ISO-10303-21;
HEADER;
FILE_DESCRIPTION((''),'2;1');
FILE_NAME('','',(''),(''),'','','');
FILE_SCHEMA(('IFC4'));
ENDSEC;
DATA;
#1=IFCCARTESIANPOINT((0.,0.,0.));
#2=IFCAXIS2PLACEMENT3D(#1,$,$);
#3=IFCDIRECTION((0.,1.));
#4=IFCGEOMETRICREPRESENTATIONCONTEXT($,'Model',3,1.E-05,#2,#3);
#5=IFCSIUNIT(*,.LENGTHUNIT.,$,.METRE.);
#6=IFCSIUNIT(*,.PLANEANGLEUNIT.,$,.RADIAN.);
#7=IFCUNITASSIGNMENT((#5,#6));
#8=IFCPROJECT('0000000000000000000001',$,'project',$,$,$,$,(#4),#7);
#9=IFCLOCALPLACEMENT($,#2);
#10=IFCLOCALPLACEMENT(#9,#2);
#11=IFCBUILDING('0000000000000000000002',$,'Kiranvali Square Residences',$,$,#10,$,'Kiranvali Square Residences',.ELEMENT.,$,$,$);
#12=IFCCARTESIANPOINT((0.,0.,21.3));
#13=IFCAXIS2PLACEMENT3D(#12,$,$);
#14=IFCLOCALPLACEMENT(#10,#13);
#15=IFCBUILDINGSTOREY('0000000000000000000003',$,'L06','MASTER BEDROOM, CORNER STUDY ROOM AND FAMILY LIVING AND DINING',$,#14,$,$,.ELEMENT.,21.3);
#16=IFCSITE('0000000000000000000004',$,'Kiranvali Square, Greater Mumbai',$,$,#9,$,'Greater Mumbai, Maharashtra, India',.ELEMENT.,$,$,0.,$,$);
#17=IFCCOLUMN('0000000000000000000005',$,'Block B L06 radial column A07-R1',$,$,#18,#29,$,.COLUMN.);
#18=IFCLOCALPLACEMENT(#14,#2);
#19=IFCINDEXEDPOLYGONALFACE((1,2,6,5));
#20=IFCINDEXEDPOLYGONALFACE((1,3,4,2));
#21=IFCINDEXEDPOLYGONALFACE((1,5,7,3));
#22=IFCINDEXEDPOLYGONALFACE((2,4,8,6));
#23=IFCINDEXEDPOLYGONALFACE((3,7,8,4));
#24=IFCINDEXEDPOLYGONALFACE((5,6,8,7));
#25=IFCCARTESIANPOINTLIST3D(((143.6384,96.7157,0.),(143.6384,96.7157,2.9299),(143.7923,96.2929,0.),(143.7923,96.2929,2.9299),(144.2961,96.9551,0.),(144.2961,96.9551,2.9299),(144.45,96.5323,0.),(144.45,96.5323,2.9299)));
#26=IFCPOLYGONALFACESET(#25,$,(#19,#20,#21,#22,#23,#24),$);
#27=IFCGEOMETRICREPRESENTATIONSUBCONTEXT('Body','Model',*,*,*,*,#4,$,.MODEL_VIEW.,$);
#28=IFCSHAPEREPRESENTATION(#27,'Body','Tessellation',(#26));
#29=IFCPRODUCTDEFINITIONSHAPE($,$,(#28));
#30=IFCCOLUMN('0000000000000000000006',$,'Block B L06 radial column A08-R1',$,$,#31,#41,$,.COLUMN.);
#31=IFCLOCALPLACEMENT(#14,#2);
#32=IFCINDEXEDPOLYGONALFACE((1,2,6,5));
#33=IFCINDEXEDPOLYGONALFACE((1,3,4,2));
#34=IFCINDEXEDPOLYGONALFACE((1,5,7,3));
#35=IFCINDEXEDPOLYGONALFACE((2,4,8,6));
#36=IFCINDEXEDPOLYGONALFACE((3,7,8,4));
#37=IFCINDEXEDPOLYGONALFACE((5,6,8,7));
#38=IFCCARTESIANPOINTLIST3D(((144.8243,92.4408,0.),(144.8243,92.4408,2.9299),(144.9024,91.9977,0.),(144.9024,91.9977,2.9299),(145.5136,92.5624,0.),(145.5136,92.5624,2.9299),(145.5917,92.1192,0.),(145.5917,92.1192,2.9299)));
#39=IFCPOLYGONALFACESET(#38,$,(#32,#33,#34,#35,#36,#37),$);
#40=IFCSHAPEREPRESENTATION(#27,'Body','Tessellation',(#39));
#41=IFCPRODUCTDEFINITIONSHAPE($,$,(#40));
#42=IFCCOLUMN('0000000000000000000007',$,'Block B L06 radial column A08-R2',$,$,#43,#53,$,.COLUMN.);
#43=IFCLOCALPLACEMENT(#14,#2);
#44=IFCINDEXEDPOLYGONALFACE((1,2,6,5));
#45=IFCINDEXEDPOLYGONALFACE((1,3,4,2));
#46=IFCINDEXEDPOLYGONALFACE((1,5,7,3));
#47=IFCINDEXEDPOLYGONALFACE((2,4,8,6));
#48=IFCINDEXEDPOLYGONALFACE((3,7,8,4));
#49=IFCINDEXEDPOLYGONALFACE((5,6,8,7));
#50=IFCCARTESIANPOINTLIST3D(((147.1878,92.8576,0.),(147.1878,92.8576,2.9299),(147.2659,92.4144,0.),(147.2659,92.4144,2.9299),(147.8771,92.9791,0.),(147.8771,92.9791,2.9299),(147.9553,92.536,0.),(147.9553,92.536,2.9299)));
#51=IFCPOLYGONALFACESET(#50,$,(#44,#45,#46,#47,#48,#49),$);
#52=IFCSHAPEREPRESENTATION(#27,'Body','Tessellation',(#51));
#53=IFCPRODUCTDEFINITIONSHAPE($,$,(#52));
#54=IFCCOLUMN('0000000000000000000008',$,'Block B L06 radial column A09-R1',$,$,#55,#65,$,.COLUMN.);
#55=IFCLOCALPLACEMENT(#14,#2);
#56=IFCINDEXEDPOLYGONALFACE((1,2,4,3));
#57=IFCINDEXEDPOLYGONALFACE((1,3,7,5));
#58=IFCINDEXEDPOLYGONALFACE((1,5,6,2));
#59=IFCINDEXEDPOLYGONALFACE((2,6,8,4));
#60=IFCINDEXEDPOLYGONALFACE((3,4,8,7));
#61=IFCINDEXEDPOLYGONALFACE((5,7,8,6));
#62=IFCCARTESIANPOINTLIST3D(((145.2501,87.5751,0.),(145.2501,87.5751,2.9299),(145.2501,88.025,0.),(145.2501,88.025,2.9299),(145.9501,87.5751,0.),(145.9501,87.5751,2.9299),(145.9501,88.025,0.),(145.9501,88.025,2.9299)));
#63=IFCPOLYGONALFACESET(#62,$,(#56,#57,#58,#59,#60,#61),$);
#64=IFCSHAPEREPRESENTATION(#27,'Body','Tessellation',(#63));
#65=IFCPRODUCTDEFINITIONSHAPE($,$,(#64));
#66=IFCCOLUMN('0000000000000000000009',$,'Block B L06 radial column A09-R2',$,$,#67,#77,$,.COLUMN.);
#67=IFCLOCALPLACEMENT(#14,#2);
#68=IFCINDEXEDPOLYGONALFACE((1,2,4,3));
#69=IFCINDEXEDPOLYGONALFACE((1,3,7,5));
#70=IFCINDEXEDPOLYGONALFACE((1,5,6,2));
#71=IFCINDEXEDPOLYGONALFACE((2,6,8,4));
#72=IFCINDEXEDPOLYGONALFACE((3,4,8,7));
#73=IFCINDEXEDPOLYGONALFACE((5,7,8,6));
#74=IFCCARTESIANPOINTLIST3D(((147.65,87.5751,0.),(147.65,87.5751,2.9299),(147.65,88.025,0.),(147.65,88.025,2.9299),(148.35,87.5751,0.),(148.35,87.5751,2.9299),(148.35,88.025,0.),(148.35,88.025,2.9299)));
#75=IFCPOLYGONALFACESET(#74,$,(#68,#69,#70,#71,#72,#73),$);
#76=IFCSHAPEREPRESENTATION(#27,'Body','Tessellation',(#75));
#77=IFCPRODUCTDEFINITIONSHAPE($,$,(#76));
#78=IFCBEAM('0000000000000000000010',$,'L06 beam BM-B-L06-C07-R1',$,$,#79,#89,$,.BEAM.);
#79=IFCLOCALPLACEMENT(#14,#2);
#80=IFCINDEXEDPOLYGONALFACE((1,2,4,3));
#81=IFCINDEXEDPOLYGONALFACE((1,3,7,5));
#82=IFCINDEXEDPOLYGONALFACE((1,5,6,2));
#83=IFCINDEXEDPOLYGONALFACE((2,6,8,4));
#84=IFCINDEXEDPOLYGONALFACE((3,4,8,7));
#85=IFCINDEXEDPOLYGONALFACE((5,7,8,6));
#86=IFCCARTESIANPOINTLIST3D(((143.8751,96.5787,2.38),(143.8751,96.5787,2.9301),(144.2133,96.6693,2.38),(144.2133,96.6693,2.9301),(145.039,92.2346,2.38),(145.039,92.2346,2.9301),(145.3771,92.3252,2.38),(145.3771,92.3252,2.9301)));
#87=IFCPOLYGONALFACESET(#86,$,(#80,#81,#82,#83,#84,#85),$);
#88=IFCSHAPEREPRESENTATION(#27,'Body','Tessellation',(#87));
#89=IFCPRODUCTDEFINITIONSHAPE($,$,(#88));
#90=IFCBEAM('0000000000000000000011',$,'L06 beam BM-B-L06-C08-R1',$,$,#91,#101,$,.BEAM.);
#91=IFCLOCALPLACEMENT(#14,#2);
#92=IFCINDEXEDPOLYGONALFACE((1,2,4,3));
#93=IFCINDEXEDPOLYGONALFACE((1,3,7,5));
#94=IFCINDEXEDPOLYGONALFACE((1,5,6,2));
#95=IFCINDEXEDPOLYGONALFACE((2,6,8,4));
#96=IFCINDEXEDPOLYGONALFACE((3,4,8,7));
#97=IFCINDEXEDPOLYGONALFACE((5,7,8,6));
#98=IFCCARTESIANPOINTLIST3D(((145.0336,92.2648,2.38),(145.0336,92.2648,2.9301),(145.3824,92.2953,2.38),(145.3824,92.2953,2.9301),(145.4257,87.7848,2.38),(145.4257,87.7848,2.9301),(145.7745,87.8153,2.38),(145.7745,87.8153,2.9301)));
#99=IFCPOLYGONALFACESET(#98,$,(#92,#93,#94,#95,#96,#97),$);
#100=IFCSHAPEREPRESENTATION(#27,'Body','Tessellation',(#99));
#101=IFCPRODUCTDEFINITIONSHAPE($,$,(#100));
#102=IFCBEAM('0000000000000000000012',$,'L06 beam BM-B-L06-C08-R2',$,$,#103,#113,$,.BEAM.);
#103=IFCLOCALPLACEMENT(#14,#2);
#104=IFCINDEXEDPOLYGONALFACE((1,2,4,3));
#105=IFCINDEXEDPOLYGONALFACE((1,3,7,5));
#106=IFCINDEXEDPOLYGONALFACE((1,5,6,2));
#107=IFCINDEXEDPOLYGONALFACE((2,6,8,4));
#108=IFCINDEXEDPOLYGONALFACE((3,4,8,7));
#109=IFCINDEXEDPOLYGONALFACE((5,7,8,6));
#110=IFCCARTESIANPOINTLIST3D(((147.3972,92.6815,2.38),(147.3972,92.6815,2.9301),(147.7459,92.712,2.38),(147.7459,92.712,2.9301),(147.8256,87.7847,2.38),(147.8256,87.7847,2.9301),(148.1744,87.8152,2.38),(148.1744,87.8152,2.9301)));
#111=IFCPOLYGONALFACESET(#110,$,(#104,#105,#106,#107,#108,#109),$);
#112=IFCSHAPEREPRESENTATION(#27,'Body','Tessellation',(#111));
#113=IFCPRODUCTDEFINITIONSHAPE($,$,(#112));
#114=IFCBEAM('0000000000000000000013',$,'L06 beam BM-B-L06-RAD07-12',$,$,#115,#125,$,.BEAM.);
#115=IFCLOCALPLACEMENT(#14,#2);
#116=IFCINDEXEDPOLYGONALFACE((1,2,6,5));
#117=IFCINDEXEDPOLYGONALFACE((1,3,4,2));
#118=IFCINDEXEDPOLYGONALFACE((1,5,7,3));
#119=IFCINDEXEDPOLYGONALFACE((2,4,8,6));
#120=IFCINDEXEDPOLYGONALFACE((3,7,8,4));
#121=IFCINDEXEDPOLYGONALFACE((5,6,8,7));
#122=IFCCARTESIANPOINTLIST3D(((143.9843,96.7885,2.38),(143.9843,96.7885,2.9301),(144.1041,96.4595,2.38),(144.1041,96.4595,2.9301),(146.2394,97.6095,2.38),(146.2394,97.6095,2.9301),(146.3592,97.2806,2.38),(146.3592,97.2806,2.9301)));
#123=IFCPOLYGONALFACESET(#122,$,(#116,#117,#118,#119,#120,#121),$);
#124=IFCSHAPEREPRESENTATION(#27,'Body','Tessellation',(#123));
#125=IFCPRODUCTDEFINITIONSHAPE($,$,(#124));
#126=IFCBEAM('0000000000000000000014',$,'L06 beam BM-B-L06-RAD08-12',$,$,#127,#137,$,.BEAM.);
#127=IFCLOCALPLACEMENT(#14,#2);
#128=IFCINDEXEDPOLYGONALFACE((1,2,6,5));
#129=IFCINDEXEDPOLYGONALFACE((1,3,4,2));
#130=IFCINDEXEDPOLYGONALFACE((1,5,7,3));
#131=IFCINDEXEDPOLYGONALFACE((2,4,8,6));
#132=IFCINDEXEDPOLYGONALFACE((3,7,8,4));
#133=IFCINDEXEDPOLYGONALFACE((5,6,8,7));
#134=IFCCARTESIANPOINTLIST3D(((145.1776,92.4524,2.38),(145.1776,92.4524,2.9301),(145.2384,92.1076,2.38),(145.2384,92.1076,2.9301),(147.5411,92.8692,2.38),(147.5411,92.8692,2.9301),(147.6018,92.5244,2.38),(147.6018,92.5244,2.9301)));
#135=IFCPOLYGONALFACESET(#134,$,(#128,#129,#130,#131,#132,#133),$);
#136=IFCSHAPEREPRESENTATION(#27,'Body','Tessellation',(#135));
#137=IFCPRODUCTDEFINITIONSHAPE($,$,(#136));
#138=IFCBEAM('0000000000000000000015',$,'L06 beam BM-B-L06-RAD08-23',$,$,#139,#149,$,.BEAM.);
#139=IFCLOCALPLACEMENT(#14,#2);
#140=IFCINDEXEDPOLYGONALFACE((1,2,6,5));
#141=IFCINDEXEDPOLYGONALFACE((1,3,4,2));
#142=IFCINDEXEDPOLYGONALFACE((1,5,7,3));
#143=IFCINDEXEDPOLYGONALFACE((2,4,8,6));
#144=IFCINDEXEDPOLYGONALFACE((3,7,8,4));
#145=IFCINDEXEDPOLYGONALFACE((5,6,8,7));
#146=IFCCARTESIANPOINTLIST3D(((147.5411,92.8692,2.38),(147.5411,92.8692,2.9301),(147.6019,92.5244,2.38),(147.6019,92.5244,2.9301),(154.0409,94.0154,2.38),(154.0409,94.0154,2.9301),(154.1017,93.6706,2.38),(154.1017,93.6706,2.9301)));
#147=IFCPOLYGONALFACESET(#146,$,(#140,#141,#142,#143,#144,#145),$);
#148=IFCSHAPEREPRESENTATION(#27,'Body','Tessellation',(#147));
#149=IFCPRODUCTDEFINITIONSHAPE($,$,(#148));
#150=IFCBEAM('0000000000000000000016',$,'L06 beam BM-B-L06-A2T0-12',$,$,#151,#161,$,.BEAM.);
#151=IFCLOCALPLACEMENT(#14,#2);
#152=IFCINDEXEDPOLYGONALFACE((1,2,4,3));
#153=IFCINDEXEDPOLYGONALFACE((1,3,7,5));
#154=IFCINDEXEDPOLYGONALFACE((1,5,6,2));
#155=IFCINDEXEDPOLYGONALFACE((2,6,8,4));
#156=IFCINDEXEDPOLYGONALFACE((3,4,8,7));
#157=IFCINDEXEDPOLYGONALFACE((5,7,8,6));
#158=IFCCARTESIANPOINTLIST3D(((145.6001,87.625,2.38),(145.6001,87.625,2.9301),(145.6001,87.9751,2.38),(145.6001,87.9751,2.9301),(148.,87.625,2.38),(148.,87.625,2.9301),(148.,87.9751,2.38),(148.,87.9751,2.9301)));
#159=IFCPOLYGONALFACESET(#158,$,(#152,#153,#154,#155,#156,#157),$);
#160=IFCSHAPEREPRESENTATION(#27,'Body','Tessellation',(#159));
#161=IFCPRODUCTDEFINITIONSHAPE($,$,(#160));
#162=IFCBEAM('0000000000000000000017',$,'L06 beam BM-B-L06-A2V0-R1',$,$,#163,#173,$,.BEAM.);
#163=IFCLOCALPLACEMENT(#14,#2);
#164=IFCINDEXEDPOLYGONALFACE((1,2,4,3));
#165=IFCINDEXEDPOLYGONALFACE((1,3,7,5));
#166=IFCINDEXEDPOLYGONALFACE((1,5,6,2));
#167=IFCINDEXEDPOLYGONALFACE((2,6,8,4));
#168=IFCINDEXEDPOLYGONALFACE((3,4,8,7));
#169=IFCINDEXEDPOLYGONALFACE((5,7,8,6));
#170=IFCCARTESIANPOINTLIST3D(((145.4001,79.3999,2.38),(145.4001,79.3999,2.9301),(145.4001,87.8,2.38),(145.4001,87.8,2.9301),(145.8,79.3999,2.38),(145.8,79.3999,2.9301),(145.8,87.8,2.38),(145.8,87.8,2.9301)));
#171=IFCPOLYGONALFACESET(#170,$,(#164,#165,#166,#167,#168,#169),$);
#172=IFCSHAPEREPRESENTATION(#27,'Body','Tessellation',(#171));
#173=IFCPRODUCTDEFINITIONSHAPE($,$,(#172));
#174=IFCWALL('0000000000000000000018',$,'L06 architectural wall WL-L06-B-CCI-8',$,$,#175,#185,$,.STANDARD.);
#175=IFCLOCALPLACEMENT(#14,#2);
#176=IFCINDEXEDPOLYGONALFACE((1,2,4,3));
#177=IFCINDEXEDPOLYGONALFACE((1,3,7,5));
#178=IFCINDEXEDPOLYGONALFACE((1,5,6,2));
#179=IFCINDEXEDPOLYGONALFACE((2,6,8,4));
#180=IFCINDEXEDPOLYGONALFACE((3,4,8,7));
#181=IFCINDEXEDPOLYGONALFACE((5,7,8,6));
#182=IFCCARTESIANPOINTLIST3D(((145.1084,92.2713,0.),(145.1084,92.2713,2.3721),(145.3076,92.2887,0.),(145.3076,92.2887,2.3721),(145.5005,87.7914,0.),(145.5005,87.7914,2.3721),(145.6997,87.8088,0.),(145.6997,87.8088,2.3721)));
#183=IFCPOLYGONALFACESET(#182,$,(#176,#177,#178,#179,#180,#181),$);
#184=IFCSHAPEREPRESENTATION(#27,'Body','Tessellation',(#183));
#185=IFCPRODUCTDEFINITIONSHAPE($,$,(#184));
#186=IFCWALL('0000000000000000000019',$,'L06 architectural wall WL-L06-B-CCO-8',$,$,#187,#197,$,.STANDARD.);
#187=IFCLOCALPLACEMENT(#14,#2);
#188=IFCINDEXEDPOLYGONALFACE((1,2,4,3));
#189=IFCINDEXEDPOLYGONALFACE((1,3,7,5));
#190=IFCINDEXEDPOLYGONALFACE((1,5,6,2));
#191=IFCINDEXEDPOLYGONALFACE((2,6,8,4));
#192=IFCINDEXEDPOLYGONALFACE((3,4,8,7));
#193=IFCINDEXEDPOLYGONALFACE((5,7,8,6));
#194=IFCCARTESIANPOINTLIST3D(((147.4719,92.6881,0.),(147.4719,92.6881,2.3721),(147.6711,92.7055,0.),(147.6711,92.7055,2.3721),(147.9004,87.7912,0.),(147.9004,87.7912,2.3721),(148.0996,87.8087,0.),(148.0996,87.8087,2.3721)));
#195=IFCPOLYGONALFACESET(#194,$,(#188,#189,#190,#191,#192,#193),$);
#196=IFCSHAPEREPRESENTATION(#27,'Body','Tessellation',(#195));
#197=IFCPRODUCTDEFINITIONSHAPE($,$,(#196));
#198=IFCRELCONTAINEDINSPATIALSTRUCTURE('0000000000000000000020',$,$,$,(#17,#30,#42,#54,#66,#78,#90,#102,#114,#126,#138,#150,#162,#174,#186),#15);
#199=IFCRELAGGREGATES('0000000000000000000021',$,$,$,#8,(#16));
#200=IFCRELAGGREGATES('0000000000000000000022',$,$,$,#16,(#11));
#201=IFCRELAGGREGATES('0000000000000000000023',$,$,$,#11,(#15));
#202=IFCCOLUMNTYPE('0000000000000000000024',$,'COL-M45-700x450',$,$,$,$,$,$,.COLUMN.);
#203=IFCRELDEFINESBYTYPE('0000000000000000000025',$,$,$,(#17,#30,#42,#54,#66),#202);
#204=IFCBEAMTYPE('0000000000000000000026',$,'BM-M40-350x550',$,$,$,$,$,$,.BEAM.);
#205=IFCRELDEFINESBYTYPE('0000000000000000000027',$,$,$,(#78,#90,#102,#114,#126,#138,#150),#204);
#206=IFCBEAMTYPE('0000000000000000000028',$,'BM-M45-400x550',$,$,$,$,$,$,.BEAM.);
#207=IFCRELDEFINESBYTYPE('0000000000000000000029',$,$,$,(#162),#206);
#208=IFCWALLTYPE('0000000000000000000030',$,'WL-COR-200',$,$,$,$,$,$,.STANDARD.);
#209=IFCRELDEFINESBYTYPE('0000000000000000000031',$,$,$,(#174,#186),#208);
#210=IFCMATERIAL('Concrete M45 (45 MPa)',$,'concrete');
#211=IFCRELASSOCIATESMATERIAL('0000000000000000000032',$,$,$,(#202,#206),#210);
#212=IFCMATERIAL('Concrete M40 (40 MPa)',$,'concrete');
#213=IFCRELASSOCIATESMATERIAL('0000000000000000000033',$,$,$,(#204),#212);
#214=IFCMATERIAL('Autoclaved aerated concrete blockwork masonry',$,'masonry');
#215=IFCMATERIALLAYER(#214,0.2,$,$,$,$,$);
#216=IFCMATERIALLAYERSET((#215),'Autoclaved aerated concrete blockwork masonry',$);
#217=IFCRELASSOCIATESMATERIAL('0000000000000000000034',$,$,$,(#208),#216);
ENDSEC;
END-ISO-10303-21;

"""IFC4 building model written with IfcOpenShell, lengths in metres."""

from ifc_helpers import new_model, si_unit, direction, frame, frame_2d, origin, origin_2d, place, context, subcontext, project, spatial, rectangle, extrude, material, layer, layer_set, material_profile, profile_set, type_object, element, save


model = new_model("IFC4")

# Units and contexts
model_context = context("Model", 3, precision=1e-05, world=origin(), true_north=direction((0.0, 1.0)))
body_context = subcontext(model_context, "Body", "Model", "MODEL_VIEW")
ifc_project = project(units=[si_unit("LENGTHUNIT", "METRE"), si_unit("PLANEANGLEUNIT", "RADIAN")], contexts=[model_context])

# Site, building, storey
site_placement = place(None, origin())
site = spatial("IfcSite", under=ifc_project, at=site_placement, Name="Kiranvali Square, Greater Mumbai", LongName="Greater Mumbai, Maharashtra, India", CompositionType="ELEMENT", RefElevation=0.0)
building_placement = place(site_placement, origin())
building = spatial("IfcBuilding", under=site, at=building_placement, Name="Kiranvali Square Residences", LongName="Kiranvali Square Residences", CompositionType="ELEMENT")
storey_placement = place(building_placement, frame((0.0, 0.0, 21.3)))
storey = spatial("IfcBuildingStorey", under=building, at=storey_placement, Name="L06", Description="MASTER BEDROOM, CORNER STUDY ROOM AND FAMILY LIVING AND DINING", CompositionType="ELEMENT", Elevation=21.3)

# Columns
ifc_material_1 = material(Name="Concrete M45 (45 MPa)", Category="concrete")
ifc_material_profile_1 = material_profile(ifc_material_1, rectangle(XDim=0.45, YDim=0.7, at=origin_2d()), Name="RC 700x450")
ifc_profile_set_1 = profile_set([ifc_material_profile_1], Name="Concrete M45 (45 MPa)")
column_type = type_object("IfcColumnType", Name="COL-M45-700x450", PredefinedType="COLUMN", material=ifc_profile_set_1)
for number, where, z_axis, x_axis, name in (
    (1, (144.0442, 96.624, 0.0), (0.0, 0.0, 1.0), (-0.34202, 0.939693, 0.0), "Block B L06 radial column A07-R1"),
    (2, (145.208, 92.28, 0.0), (0.0, 0.0, 1.0), (-0.173648, 0.984808, 0.0), "Block B L06 radial column A08-R1"),
    (3, (147.5715, 92.6968, 0.0), (0.0, 0.0, 1.0), (-0.173648, 0.984808, 0.0), "Block B L06 radial column A08-R2"),
    (4, (145.6001, 87.8, 0.0), (0.0, 0.0, 1.0), (0.0, 1.0, 0.0), "Block B L06 radial column A09-R1"),
    (5, (148.0, 87.8, 0.0), (0.0, 0.0, 1.0), (0.0, 1.0, 0.0), "Block B L06 radial column A09-R2"),
):
    element("IfcColumn", number, at=place(storey_placement, frame(where, z_axis=z_axis, x_axis=x_axis)), inside=storey, type_object=column_type, Name=name, PredefinedType="COLUMN", context=body_context, shape_type="SweptSolid", body=[
        extrude(rectangle(XDim=0.45, YDim=0.7, at=origin_2d()), origin(), (0.0, 0.0, 1.0), 2.9299),
    ])

# Beams
ifc_material_2 = material(Name="Concrete M40 (40 MPa)", Category="concrete")
ifc_material_profile_2 = material_profile(ifc_material_2, rectangle(XDim=0.3501, YDim=0.55, at=origin_2d()), Name="RC 350x550")
ifc_profile_set_2 = profile_set([ifc_material_profile_2], Name="Concrete M40 (40 MPa)")
beam_type_1 = type_object("IfcBeamType", Name="BM-M40-350x550", PredefinedType="BEAM", material=ifc_profile_set_2)
beam_1_placement = place(storey_placement, frame((144.0442, 96.624, 2.655), z_axis=(0.258788, -0.965934, 0.0), x_axis=(0.965934, 0.258788, 0.0)))
element("IfcBeam", 6, at=beam_1_placement, inside=storey, type_object=beam_type_1, Name="L06 beam BM-B-L06-C07-R1", PredefinedType="BEAM", context=body_context, shape_type="SweptSolid", body=[
    extrude(rectangle(XDim=0.3501, YDim=0.55, at=origin_2d()), origin(), (0.0, 0.0, 1.0), 4.4973),
])
beam_2_placement = place(storey_placement, frame((145.208, 92.28, 2.655), z_axis=(0.087187, -0.996192, 0.0), x_axis=(0.996192, 0.087187, 0.0)))
element("IfcBeam", 7, at=beam_2_placement, inside=storey, type_object=beam_type_1, Name="L06 beam BM-B-L06-C08-R1", PredefinedType="BEAM", context=body_context, shape_type="SweptSolid", body=[
    extrude(rectangle(XDim=0.3501, YDim=0.55, at=origin_2d()), origin(), (0.0, 0.0, 1.0), 4.4971),
])
beam_3_placement = place(storey_placement, frame((147.5715, 92.6968, 2.655), z_axis=(0.087168, -0.996194, 0.0), x_axis=(0.996194, 0.087168, 0.0)))
element("IfcBeam", 8, at=beam_3_placement, inside=storey, type_object=beam_type_1, Name="L06 beam BM-B-L06-C08-R2", PredefinedType="BEAM", context=body_context, shape_type="SweptSolid", body=[
    extrude(rectangle(XDim=0.3501, YDim=0.55, at=origin_2d()), origin(), (0.0, 0.0, 1.0), 4.9155),
])
for number, where, z_axis, x_axis, name in (
    (9, (144.0442, 96.624, 2.655), (0.93966, 0.342111, 0.0), (-0.342111, 0.93966, 0.0), "L06 beam BM-B-L06-RAD07-12"),
    (10, (145.208, 92.28, 2.655), (0.984808, 0.173646, 0.0), (-0.173646, 0.984808, 0.0), "L06 beam BM-B-L06-RAD08-12"),
):
    element("IfcBeam", number, at=place(storey_placement, frame(where, z_axis=z_axis, x_axis=x_axis)), inside=storey, type_object=beam_type_1, Name=name, PredefinedType="BEAM", context=body_context, shape_type="SweptSolid", body=[
        extrude(rectangle(XDim=0.3501, YDim=0.55, at=origin_2d()), origin(), (0.0, 0.0, 1.0), 2.3999),
    ])
beam_4_placement = place(storey_placement, frame((147.5715, 92.6968, 2.655), z_axis=(0.984804, 0.173671, 0.0), x_axis=(-0.173671, 0.984804, 0.0)))
element("IfcBeam", 11, at=beam_4_placement, inside=storey, type_object=beam_type_1, Name="L06 beam BM-B-L06-RAD08-23", PredefinedType="BEAM", context=body_context, shape_type="SweptSolid", body=[
    extrude(rectangle(XDim=0.3501, YDim=0.55, at=origin_2d()), origin(), (0.0, 0.0, 1.0), 6.6001),
])
beam_5_placement = place(storey_placement, frame((145.6001, 87.8, 2.655), z_axis=(1.0, 0.0, 0.0), x_axis=(0.0, 1.0, 0.0)))
element("IfcBeam", 12, at=beam_5_placement, inside=storey, type_object=beam_type_1, Name="L06 beam BM-B-L06-A2T0-12", PredefinedType="BEAM", context=body_context, shape_type="SweptSolid", body=[
    extrude(rectangle(XDim=0.3501, YDim=0.55, at=origin_2d()), origin(), (0.0, 0.0, 1.0), 2.3999),
])
ifc_material_profile_3 = material_profile(ifc_material_1, rectangle(XDim=0.3999, YDim=0.55, at=origin_2d()), Name="RC 400x550")
ifc_profile_set_3 = profile_set([ifc_material_profile_3], Name="Concrete M45 (45 MPa)")
beam_type_2 = type_object("IfcBeamType", Name="BM-M45-400x550", PredefinedType="BEAM", material=ifc_profile_set_3)
beam_6_placement = place(storey_placement, frame((145.6001, 87.8, 2.655), z_axis=(0.0, -1.0, 0.0), x_axis=(1.0, 0.0, 0.0)))
element("IfcBeam", 13, at=beam_6_placement, inside=storey, type_object=beam_type_2, Name="L06 beam BM-B-L06-A2V0-R1", PredefinedType="BEAM", context=body_context, shape_type="SweptSolid", body=[
    extrude(rectangle(XDim=0.3999, YDim=0.55, at=origin_2d()), origin(), (0.0, 0.0, 1.0), 8.4001),
])

# Walls
ifc_material_3 = material(Name="Autoclaved aerated concrete blockwork masonry", Category="masonry")
ifc_layer_1 = layer(ifc_material_3, 0.2)
ifc_layer_set_1 = layer_set([ifc_layer_1], Name="Autoclaved aerated concrete blockwork masonry")
wall_type_1 = type_object("IfcWallType", Name="WL-COR-200", PredefinedType="STANDARD", material=ifc_layer_set_1)
wall_1_placement = place(storey_placement, frame((145.208, 92.28, 0.0), z_axis=(0.0, 0.0, 1.0), x_axis=(0.087187, -0.996192, 0.0)))
element("IfcWall", 14, at=wall_1_placement, inside=storey, type_object=wall_type_1, Name="L06 architectural wall WL-L06-B-CCI-8", PredefinedType="STANDARD", context=body_context, shape_type="SweptSolid", body=[
    extrude(rectangle(XDim=4.4971, YDim=0.2, at=frame_2d((2.2485, 0.0))), origin(), (0.0, 0.0, 1.0), 2.3721),
])
wall_2_placement = place(storey_placement, frame((147.5715, 92.6968, 0.0), z_axis=(0.0, 0.0, 1.0), x_axis=(0.087168, -0.996194, 0.0)))
element("IfcWall", 15, at=wall_2_placement, inside=storey, type_object=wall_type_1, Name="L06 architectural wall WL-L06-B-CCO-8", PredefinedType="STANDARD", context=body_context, shape_type="SweptSolid", body=[
    extrude(rectangle(XDim=4.9155, YDim=0.2, at=frame_2d((2.4578, 0.0))), origin(), (0.0, 0.0, 1.0), 2.3721),
])

save(model, "model.ifc")
